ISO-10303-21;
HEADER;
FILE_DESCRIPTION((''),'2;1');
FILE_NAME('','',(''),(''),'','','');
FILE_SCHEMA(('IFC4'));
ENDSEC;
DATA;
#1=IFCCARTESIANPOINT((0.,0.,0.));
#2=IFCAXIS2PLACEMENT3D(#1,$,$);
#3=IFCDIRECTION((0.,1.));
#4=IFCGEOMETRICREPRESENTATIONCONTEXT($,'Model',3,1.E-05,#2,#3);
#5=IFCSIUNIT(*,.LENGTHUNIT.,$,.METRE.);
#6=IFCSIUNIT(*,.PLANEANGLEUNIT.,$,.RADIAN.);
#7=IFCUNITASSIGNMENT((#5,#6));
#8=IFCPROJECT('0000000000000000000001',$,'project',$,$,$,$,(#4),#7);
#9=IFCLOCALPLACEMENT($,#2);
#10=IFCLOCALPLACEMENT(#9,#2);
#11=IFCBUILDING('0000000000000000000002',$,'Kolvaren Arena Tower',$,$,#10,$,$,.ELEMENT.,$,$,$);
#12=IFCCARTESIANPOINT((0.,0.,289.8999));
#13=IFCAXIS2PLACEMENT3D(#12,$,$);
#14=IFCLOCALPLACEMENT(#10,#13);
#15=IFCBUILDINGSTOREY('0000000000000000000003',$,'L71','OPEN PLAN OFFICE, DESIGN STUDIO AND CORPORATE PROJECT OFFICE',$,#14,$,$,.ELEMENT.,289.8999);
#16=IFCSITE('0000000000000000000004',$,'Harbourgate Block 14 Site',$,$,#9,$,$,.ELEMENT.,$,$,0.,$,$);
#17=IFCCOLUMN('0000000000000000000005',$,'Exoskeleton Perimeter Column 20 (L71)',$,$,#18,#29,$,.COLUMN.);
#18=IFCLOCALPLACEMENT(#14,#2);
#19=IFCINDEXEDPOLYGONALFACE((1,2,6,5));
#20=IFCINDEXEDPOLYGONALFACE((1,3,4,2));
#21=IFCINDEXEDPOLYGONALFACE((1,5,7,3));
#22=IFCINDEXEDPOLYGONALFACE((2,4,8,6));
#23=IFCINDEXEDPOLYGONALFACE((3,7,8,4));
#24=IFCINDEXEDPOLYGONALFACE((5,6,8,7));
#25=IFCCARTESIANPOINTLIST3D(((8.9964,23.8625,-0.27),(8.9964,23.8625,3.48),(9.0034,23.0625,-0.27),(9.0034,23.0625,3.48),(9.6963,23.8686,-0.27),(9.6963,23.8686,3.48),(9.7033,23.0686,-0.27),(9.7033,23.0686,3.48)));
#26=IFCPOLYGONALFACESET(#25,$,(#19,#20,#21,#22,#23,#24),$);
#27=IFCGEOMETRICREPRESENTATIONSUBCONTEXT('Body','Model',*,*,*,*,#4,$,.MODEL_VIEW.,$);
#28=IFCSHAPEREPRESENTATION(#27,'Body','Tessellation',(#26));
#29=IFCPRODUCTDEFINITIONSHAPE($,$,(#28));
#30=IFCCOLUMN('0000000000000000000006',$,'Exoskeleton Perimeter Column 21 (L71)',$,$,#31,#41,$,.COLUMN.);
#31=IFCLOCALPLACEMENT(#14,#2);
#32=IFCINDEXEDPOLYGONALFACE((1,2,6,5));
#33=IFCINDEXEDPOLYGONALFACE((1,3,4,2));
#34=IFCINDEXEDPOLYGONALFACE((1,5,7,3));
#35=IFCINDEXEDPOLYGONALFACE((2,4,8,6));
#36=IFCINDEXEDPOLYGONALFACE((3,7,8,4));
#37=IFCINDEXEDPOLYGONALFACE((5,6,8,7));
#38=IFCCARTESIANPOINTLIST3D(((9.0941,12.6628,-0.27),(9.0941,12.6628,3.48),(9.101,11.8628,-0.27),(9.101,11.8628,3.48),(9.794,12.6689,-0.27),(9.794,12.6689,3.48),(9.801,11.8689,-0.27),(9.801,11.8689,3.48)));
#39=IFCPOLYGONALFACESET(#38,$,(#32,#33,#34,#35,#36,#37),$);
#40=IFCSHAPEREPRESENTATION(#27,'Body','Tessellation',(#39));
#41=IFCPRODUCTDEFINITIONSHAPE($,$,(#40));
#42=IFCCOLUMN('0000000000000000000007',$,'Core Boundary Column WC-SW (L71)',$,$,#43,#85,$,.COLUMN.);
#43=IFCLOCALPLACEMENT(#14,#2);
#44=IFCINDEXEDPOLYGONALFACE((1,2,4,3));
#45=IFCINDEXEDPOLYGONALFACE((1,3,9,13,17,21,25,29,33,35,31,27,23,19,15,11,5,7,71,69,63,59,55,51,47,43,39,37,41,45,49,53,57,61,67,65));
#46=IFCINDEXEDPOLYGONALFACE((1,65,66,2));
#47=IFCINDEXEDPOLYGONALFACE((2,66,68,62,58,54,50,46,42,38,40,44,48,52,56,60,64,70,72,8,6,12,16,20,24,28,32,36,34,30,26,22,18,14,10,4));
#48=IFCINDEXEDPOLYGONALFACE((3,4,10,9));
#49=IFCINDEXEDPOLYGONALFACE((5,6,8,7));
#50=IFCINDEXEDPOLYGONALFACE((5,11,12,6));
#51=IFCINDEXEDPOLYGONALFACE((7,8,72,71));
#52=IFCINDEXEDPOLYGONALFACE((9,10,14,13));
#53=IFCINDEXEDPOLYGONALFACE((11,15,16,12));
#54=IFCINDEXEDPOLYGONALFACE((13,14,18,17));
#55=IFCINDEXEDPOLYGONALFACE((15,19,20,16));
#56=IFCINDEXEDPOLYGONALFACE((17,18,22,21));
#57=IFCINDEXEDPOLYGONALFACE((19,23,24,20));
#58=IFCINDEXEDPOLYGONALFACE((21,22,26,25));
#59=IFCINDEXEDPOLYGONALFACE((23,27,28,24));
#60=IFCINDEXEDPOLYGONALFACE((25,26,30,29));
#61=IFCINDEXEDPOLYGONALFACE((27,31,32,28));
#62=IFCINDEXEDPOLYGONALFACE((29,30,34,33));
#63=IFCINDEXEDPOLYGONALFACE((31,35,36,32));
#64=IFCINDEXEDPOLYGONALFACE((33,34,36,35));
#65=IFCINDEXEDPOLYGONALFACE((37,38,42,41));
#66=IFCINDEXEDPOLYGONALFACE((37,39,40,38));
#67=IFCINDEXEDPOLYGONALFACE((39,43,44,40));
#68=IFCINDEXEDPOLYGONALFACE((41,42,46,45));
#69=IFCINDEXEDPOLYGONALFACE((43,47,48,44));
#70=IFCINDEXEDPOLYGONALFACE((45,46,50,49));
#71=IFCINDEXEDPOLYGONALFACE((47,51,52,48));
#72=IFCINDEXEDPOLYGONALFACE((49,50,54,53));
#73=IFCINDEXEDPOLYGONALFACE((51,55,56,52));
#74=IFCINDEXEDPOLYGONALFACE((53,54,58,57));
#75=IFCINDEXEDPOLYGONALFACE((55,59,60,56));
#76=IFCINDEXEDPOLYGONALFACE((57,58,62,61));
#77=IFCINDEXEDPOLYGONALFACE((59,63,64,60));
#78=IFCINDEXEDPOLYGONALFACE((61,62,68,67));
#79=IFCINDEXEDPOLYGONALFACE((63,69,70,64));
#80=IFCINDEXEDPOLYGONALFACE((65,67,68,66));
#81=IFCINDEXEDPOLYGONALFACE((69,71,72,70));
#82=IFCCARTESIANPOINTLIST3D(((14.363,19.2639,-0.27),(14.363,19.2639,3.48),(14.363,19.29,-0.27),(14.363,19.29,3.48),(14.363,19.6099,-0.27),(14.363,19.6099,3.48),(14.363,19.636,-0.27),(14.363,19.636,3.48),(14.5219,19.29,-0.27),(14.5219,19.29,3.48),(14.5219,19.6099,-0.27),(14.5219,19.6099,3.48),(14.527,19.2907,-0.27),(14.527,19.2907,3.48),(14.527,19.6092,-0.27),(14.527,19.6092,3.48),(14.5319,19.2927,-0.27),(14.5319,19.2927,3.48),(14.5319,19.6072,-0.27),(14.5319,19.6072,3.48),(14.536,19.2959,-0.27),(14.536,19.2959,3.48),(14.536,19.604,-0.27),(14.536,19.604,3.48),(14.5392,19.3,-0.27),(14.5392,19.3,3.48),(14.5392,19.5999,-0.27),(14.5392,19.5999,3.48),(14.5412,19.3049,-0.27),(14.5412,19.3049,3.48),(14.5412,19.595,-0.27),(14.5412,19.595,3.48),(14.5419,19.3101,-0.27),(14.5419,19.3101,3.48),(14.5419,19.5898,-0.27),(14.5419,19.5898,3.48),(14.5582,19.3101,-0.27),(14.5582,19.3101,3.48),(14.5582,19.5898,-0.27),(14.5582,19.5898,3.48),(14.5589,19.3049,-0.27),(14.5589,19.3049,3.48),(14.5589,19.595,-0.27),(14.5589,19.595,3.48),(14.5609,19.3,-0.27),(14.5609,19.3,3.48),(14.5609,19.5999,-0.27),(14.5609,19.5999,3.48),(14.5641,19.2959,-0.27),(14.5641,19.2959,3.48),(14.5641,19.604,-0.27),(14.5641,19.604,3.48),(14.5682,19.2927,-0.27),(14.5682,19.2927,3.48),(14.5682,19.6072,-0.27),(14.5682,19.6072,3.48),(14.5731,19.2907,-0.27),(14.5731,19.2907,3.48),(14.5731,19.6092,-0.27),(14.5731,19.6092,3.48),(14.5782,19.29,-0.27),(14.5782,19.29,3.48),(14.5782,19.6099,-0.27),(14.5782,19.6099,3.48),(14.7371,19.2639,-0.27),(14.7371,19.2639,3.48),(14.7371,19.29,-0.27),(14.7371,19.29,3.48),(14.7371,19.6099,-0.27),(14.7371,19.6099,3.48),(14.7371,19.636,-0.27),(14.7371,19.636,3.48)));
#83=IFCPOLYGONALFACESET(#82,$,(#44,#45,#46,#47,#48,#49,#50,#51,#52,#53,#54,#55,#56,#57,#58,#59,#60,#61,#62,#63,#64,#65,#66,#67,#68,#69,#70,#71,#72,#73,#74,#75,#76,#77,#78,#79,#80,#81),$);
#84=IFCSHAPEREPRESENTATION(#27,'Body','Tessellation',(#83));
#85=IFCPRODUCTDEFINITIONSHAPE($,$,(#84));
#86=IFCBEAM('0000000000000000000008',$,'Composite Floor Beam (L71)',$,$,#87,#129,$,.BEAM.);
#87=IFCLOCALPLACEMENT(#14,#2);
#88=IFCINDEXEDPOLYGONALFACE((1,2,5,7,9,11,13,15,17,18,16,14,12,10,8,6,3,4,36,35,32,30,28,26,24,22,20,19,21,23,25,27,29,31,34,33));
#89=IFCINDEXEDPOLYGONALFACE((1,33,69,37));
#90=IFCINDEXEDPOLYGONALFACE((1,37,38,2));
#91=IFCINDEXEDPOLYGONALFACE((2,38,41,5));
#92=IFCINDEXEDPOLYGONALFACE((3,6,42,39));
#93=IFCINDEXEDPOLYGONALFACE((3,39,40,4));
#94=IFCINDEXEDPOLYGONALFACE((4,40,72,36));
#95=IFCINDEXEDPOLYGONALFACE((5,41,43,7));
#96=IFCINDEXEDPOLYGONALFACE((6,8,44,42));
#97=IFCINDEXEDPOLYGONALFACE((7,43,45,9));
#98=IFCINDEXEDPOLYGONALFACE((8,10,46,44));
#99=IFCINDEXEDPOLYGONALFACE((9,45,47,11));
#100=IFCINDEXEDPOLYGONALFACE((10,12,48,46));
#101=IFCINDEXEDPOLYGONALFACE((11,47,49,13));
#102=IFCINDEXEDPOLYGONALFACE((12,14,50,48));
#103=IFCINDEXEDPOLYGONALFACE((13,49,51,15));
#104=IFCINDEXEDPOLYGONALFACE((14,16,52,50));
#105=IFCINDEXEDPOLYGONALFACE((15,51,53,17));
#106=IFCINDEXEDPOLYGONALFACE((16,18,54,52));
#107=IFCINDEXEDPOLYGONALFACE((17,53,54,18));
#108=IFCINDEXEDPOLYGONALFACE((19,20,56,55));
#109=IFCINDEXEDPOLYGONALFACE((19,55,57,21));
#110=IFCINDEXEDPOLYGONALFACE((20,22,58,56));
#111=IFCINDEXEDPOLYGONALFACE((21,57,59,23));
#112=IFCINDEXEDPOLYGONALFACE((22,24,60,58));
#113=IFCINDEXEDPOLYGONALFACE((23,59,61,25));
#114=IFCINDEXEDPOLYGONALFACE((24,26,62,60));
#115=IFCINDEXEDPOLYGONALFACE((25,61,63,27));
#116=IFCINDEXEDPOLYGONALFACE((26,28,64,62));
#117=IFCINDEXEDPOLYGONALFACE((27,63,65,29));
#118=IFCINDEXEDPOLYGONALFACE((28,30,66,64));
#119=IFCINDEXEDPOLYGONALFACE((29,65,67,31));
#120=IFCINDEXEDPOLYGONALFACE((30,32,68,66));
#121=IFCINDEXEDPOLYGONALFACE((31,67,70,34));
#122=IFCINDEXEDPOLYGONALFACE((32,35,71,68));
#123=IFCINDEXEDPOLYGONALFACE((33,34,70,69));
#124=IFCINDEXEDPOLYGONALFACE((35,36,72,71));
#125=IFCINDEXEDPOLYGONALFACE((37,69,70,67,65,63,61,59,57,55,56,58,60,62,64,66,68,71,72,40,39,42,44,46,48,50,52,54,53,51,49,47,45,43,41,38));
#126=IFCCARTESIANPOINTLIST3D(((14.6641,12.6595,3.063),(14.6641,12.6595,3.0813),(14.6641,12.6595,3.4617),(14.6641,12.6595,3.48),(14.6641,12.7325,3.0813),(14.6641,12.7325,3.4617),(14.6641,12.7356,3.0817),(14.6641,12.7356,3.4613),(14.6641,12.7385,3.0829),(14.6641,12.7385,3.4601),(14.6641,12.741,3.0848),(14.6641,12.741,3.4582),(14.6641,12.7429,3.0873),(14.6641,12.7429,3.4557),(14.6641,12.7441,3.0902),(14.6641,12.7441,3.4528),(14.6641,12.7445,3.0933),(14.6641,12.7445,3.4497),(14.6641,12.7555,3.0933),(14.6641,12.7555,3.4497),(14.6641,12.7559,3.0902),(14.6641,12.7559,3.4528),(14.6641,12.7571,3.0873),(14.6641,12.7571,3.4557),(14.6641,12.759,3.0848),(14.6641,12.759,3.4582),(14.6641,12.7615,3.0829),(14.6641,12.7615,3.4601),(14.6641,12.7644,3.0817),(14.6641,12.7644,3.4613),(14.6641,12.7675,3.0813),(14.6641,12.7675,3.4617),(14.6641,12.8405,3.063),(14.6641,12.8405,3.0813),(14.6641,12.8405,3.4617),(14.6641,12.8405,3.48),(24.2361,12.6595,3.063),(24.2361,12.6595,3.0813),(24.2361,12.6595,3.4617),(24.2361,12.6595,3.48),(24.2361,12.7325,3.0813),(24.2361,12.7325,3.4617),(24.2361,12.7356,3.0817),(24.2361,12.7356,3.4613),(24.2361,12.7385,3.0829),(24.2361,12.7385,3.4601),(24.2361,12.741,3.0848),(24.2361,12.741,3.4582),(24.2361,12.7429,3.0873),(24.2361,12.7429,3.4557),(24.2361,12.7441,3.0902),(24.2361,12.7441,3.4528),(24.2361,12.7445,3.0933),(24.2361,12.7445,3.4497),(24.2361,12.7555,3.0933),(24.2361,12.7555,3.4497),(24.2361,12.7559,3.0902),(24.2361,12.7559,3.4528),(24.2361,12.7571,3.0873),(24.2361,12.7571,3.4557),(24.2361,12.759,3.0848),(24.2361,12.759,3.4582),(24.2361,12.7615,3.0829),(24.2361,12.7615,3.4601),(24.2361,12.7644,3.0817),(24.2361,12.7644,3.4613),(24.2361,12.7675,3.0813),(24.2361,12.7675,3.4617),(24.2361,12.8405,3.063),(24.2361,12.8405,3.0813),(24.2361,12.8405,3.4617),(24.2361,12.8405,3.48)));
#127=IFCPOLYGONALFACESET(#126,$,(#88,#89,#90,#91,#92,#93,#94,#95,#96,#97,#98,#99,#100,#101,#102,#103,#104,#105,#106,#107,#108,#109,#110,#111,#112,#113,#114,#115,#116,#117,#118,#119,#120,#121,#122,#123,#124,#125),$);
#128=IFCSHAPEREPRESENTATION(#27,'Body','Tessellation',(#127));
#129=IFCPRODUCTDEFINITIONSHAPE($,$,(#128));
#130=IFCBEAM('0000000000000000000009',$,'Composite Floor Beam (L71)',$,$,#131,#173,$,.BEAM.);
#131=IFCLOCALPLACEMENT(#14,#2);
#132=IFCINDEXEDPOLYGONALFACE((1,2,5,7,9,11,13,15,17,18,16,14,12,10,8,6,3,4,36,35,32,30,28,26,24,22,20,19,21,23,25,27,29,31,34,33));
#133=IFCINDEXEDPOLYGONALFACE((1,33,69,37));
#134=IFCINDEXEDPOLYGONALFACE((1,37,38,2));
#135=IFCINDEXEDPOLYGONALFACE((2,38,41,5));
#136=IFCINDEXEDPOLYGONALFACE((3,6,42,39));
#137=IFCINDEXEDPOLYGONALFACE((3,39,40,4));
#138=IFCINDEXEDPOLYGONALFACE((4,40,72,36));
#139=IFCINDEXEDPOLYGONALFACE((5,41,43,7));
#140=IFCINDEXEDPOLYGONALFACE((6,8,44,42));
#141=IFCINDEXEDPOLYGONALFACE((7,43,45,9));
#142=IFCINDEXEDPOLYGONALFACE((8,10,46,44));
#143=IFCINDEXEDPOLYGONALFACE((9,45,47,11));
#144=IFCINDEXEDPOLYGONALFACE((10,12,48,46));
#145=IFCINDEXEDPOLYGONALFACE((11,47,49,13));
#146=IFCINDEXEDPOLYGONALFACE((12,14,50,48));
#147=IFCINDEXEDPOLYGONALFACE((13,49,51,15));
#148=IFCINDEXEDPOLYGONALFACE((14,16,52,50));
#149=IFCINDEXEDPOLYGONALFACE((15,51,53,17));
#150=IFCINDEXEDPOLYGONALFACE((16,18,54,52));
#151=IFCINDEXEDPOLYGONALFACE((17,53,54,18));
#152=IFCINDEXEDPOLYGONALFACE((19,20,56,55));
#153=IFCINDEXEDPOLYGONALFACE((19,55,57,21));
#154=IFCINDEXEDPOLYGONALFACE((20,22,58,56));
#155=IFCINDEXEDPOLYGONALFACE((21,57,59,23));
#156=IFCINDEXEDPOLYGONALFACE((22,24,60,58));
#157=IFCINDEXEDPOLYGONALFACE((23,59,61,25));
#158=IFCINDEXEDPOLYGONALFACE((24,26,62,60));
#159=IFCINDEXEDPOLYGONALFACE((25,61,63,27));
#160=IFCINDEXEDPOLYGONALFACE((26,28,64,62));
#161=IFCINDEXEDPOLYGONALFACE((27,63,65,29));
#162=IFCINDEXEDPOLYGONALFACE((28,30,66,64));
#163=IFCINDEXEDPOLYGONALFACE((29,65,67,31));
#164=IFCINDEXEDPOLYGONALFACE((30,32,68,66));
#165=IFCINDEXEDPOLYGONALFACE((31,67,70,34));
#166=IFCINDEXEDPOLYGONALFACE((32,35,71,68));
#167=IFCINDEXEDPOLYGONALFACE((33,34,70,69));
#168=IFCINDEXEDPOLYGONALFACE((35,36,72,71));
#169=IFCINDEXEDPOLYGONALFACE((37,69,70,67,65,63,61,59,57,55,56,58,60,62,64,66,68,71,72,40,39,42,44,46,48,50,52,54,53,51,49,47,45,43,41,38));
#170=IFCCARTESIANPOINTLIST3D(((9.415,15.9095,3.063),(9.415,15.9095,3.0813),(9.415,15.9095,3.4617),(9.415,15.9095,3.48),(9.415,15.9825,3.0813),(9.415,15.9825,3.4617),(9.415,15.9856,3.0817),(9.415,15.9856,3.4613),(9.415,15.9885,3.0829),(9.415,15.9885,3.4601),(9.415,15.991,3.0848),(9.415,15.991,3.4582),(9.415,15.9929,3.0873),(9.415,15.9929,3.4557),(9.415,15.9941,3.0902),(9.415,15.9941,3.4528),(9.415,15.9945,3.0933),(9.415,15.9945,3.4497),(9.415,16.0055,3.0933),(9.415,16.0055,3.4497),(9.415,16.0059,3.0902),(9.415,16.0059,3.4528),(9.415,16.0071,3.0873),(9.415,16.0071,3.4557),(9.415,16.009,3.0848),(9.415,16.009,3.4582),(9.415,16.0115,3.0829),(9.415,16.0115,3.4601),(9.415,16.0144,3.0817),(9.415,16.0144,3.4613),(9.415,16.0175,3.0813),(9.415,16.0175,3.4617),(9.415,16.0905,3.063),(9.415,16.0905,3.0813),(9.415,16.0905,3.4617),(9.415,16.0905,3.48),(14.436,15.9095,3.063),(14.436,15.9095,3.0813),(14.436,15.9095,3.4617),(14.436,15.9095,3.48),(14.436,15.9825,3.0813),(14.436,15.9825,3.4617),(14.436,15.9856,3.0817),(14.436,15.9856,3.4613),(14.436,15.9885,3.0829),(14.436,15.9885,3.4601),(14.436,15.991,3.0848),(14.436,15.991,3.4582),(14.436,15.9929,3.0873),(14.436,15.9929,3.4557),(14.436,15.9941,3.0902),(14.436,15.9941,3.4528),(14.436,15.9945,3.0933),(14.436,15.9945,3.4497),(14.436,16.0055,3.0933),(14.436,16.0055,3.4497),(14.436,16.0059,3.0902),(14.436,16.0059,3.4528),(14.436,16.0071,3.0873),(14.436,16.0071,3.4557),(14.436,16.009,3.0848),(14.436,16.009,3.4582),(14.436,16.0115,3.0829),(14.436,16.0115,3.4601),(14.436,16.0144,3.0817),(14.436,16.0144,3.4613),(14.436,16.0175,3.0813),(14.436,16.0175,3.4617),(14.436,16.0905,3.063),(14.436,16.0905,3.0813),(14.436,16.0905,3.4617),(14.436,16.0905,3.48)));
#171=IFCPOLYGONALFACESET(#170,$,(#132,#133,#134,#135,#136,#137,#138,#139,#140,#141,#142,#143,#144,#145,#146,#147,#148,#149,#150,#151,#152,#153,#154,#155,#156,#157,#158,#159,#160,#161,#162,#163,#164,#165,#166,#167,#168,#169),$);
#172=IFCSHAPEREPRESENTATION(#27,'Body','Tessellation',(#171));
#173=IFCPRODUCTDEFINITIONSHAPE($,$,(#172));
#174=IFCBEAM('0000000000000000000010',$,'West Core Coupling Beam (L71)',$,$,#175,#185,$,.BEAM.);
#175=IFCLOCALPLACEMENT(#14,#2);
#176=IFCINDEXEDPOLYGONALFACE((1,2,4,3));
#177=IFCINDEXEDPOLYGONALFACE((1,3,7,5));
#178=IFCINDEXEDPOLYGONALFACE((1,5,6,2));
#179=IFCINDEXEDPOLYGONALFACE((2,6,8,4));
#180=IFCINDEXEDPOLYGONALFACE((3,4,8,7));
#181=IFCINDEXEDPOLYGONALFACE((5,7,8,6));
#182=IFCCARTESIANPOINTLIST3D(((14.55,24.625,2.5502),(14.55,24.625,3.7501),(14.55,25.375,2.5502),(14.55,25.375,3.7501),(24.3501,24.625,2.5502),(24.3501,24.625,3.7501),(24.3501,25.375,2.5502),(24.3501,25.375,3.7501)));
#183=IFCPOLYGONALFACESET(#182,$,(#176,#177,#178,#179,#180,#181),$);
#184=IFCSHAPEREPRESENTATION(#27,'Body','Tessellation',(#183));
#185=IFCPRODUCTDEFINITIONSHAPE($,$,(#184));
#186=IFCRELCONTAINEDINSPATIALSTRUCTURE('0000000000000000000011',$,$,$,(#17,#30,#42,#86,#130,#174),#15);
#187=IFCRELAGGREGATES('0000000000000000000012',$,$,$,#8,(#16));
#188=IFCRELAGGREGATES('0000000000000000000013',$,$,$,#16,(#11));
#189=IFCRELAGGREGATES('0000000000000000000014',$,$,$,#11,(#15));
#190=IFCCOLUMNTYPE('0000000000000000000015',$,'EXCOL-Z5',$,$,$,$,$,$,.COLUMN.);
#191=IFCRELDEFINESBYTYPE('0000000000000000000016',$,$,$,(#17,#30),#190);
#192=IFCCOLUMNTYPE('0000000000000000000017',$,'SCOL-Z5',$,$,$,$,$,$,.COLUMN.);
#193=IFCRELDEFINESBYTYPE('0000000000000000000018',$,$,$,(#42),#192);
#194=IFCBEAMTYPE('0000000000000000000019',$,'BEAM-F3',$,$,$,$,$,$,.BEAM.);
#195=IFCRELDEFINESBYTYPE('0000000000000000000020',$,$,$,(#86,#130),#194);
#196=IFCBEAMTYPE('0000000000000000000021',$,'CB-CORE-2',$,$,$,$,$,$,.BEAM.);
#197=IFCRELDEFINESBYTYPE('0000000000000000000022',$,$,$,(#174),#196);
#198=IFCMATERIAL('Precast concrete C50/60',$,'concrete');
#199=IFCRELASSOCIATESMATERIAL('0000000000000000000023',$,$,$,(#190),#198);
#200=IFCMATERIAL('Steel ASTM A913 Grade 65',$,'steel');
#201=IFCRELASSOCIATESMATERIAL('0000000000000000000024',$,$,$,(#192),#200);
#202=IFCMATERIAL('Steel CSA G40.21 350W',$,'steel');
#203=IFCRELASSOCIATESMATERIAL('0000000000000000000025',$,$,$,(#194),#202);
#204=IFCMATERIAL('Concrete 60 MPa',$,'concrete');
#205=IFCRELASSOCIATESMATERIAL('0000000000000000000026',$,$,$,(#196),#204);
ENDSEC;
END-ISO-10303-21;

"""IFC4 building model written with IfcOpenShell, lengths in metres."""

from ifc_helpers import new_model, si_unit, direction, frame, origin, origin_2d, place, context, subcontext, project, spatial, rectangle, i_section, extrude, material, material_profile, profile_set, type_object, element, save


model = new_model("IFC4")

# Units and contexts
model_context = context("Model", 3, precision=1e-05, world=origin(), true_north=direction((0.0, 1.0)))
body_context = subcontext(model_context, "Body", "Model", "MODEL_VIEW")
ifc_project = project(units=[si_unit("LENGTHUNIT", "METRE"), si_unit("PLANEANGLEUNIT", "RADIAN")], contexts=[model_context])

# Site, building, storey
site_placement = place(None, origin())
site = spatial("IfcSite", under=ifc_project, at=site_placement, Name="Harbourgate Block 14 Site", CompositionType="ELEMENT", RefElevation=0.0)
building_placement = place(site_placement, origin())
building = spatial("IfcBuilding", under=site, at=building_placement, Name="Kolvaren Arena Tower", CompositionType="ELEMENT")
storey_placement = place(building_placement, frame((0.0, 0.0, 289.8999)))
storey = spatial("IfcBuildingStorey", under=building, at=storey_placement, Name="L71", Description="OPEN PLAN OFFICE, DESIGN STUDIO AND CORPORATE PROJECT OFFICE", CompositionType="ELEMENT", Elevation=289.8999)

# Columns
ifc_material_1 = material(Name="Precast concrete C50/60", Category="concrete")
ifc_material_profile_1 = material_profile(ifc_material_1, rectangle(XDim=0.8, YDim=0.7, at=origin_2d()), Name="RC-800x700")
ifc_profile_set_1 = profile_set([ifc_material_profile_1], Name="Precast concrete C50/60")
column_type_1 = type_object("IfcColumnType", Name="EXCOL-Z5", PredefinedType="COLUMN", material=ifc_profile_set_1)
for number, where, z_axis, x_axis, name in (
    (1, (9.3499, 23.4656, -0.27), (0.0, 0.0, 1.0), (-0.008727, 0.999962, 0.0), "Exoskeleton Perimeter Column 20 (L71)"),
    (2, (9.4475, 12.2659, -0.27), (0.0, 0.0, 1.0), (-0.008727, 0.999962, 0.0), "Exoskeleton Perimeter Column 21 (L71)"),
):
    element("IfcColumn", number, at=place(storey_placement, frame(where, z_axis=z_axis, x_axis=x_axis)), inside=storey, type_object=column_type_1, Name=name, PredefinedType="COLUMN", context=body_context, shape_type="SweptSolid", body=[
        extrude(rectangle(XDim=0.8, YDim=0.7, at=origin_2d()), origin(), (0.0, 0.0, 1.0), 3.75),
    ])
ifc_material_2 = material(Name="Steel ASTM A913 Grade 65", Category="steel")
ifc_material_profile_2 = material_profile(ifc_material_2, i_section(OverallWidth=0.374, OverallDepth=0.3721, WebThickness=0.0164, FlangeThickness=0.0261, FilletRadius=0.02, at=origin_2d()), Name="W360x196")
ifc_profile_set_2 = profile_set([ifc_material_profile_2], Name="Steel ASTM A913 Grade 65")
column_type_2 = type_object("IfcColumnType", Name="SCOL-Z5", PredefinedType="COLUMN", material=ifc_profile_set_2)
column_placement = place(storey_placement, frame((14.55, 19.45, -0.27), z_axis=(0.0, 0.0, 1.0), x_axis=(1.0, 0.0, 0.0)))
element("IfcColumn", 3, at=column_placement, inside=storey, type_object=column_type_2, Name="Core Boundary Column WC-SW (L71)", PredefinedType="COLUMN", context=body_context, shape_type="SweptSolid", body=[
    extrude(i_section(OverallWidth=0.374, OverallDepth=0.3721, WebThickness=0.0164, FlangeThickness=0.0261, FilletRadius=0.02, at=origin_2d()), origin(), (0.0, 0.0, 1.0), 3.75),
])

# Beams
ifc_material_3 = material(Name="Steel CSA G40.21 350W", Category="steel")
ifc_material_profile_3 = material_profile(ifc_material_3, i_section(OverallWidth=0.1809, OverallDepth=0.417, WebThickness=0.011, FlangeThickness=0.0183, FilletRadius=0.012, at=origin_2d()), Name="W410x85")
ifc_profile_set_3 = profile_set([ifc_material_profile_3], Name="Steel CSA G40.21 350W")
beam_type_1 = type_object("IfcBeamType", Name="BEAM-F3", PredefinedType="BEAM", material=ifc_profile_set_3)
beam_1_placement = place(storey_placement, frame((14.6641, 12.75, 3.2715), z_axis=(1.0, 0.0, 0.0), x_axis=(0.0, 1.0, 0.0)))
element("IfcBeam", 4, at=beam_1_placement, inside=storey, type_object=beam_type_1, Name="Composite Floor Beam (L71)", PredefinedType="BEAM", context=body_context, shape_type="SweptSolid", body=[
    extrude(i_section(OverallWidth=0.1809, OverallDepth=0.417, WebThickness=0.011, FlangeThickness=0.0183, FilletRadius=0.012, at=origin_2d()), origin(), (0.0, 0.0, 1.0), 9.572),
])
beam_2_placement = place(storey_placement, frame((9.415, 16.0, 3.2715), z_axis=(1.0, 0.0, 0.0), x_axis=(0.0, 1.0, 0.0)))
element("IfcBeam", 5, at=beam_2_placement, inside=storey, type_object=beam_type_1, Name="Composite Floor Beam (L71)", PredefinedType="BEAM", context=body_context, shape_type="SweptSolid", body=[
    extrude(i_section(OverallWidth=0.1809, OverallDepth=0.417, WebThickness=0.011, FlangeThickness=0.0183, FilletRadius=0.012, at=origin_2d()), origin(), (0.0, 0.0, 1.0), 5.021),
])
ifc_material_4 = material(Name="Concrete 60 MPa", Category="concrete")
ifc_material_profile_4 = material_profile(ifc_material_4, rectangle(XDim=0.75, YDim=1.2, at=origin_2d()), Name="RC-750x1200")
ifc_profile_set_4 = profile_set([ifc_material_profile_4], Name="Concrete 60 MPa")
beam_type_2 = type_object("IfcBeamType", Name="CB-CORE-2", PredefinedType="BEAM", material=ifc_profile_set_4)
beam_3_placement = place(storey_placement, frame((14.55, 25.0, 3.1501), z_axis=(1.0, 0.0, 0.0), x_axis=(0.0, 1.0, 0.0)))
element("IfcBeam", 6, at=beam_3_placement, inside=storey, type_object=beam_type_2, Name="West Core Coupling Beam (L71)", PredefinedType="BEAM", context=body_context, shape_type="SweptSolid", body=[
    extrude(rectangle(XDim=0.75, YDim=1.2, at=origin_2d()), origin(), (0.0, 0.0, 1.0), 9.8),
])

save(model, "model.ifc")
